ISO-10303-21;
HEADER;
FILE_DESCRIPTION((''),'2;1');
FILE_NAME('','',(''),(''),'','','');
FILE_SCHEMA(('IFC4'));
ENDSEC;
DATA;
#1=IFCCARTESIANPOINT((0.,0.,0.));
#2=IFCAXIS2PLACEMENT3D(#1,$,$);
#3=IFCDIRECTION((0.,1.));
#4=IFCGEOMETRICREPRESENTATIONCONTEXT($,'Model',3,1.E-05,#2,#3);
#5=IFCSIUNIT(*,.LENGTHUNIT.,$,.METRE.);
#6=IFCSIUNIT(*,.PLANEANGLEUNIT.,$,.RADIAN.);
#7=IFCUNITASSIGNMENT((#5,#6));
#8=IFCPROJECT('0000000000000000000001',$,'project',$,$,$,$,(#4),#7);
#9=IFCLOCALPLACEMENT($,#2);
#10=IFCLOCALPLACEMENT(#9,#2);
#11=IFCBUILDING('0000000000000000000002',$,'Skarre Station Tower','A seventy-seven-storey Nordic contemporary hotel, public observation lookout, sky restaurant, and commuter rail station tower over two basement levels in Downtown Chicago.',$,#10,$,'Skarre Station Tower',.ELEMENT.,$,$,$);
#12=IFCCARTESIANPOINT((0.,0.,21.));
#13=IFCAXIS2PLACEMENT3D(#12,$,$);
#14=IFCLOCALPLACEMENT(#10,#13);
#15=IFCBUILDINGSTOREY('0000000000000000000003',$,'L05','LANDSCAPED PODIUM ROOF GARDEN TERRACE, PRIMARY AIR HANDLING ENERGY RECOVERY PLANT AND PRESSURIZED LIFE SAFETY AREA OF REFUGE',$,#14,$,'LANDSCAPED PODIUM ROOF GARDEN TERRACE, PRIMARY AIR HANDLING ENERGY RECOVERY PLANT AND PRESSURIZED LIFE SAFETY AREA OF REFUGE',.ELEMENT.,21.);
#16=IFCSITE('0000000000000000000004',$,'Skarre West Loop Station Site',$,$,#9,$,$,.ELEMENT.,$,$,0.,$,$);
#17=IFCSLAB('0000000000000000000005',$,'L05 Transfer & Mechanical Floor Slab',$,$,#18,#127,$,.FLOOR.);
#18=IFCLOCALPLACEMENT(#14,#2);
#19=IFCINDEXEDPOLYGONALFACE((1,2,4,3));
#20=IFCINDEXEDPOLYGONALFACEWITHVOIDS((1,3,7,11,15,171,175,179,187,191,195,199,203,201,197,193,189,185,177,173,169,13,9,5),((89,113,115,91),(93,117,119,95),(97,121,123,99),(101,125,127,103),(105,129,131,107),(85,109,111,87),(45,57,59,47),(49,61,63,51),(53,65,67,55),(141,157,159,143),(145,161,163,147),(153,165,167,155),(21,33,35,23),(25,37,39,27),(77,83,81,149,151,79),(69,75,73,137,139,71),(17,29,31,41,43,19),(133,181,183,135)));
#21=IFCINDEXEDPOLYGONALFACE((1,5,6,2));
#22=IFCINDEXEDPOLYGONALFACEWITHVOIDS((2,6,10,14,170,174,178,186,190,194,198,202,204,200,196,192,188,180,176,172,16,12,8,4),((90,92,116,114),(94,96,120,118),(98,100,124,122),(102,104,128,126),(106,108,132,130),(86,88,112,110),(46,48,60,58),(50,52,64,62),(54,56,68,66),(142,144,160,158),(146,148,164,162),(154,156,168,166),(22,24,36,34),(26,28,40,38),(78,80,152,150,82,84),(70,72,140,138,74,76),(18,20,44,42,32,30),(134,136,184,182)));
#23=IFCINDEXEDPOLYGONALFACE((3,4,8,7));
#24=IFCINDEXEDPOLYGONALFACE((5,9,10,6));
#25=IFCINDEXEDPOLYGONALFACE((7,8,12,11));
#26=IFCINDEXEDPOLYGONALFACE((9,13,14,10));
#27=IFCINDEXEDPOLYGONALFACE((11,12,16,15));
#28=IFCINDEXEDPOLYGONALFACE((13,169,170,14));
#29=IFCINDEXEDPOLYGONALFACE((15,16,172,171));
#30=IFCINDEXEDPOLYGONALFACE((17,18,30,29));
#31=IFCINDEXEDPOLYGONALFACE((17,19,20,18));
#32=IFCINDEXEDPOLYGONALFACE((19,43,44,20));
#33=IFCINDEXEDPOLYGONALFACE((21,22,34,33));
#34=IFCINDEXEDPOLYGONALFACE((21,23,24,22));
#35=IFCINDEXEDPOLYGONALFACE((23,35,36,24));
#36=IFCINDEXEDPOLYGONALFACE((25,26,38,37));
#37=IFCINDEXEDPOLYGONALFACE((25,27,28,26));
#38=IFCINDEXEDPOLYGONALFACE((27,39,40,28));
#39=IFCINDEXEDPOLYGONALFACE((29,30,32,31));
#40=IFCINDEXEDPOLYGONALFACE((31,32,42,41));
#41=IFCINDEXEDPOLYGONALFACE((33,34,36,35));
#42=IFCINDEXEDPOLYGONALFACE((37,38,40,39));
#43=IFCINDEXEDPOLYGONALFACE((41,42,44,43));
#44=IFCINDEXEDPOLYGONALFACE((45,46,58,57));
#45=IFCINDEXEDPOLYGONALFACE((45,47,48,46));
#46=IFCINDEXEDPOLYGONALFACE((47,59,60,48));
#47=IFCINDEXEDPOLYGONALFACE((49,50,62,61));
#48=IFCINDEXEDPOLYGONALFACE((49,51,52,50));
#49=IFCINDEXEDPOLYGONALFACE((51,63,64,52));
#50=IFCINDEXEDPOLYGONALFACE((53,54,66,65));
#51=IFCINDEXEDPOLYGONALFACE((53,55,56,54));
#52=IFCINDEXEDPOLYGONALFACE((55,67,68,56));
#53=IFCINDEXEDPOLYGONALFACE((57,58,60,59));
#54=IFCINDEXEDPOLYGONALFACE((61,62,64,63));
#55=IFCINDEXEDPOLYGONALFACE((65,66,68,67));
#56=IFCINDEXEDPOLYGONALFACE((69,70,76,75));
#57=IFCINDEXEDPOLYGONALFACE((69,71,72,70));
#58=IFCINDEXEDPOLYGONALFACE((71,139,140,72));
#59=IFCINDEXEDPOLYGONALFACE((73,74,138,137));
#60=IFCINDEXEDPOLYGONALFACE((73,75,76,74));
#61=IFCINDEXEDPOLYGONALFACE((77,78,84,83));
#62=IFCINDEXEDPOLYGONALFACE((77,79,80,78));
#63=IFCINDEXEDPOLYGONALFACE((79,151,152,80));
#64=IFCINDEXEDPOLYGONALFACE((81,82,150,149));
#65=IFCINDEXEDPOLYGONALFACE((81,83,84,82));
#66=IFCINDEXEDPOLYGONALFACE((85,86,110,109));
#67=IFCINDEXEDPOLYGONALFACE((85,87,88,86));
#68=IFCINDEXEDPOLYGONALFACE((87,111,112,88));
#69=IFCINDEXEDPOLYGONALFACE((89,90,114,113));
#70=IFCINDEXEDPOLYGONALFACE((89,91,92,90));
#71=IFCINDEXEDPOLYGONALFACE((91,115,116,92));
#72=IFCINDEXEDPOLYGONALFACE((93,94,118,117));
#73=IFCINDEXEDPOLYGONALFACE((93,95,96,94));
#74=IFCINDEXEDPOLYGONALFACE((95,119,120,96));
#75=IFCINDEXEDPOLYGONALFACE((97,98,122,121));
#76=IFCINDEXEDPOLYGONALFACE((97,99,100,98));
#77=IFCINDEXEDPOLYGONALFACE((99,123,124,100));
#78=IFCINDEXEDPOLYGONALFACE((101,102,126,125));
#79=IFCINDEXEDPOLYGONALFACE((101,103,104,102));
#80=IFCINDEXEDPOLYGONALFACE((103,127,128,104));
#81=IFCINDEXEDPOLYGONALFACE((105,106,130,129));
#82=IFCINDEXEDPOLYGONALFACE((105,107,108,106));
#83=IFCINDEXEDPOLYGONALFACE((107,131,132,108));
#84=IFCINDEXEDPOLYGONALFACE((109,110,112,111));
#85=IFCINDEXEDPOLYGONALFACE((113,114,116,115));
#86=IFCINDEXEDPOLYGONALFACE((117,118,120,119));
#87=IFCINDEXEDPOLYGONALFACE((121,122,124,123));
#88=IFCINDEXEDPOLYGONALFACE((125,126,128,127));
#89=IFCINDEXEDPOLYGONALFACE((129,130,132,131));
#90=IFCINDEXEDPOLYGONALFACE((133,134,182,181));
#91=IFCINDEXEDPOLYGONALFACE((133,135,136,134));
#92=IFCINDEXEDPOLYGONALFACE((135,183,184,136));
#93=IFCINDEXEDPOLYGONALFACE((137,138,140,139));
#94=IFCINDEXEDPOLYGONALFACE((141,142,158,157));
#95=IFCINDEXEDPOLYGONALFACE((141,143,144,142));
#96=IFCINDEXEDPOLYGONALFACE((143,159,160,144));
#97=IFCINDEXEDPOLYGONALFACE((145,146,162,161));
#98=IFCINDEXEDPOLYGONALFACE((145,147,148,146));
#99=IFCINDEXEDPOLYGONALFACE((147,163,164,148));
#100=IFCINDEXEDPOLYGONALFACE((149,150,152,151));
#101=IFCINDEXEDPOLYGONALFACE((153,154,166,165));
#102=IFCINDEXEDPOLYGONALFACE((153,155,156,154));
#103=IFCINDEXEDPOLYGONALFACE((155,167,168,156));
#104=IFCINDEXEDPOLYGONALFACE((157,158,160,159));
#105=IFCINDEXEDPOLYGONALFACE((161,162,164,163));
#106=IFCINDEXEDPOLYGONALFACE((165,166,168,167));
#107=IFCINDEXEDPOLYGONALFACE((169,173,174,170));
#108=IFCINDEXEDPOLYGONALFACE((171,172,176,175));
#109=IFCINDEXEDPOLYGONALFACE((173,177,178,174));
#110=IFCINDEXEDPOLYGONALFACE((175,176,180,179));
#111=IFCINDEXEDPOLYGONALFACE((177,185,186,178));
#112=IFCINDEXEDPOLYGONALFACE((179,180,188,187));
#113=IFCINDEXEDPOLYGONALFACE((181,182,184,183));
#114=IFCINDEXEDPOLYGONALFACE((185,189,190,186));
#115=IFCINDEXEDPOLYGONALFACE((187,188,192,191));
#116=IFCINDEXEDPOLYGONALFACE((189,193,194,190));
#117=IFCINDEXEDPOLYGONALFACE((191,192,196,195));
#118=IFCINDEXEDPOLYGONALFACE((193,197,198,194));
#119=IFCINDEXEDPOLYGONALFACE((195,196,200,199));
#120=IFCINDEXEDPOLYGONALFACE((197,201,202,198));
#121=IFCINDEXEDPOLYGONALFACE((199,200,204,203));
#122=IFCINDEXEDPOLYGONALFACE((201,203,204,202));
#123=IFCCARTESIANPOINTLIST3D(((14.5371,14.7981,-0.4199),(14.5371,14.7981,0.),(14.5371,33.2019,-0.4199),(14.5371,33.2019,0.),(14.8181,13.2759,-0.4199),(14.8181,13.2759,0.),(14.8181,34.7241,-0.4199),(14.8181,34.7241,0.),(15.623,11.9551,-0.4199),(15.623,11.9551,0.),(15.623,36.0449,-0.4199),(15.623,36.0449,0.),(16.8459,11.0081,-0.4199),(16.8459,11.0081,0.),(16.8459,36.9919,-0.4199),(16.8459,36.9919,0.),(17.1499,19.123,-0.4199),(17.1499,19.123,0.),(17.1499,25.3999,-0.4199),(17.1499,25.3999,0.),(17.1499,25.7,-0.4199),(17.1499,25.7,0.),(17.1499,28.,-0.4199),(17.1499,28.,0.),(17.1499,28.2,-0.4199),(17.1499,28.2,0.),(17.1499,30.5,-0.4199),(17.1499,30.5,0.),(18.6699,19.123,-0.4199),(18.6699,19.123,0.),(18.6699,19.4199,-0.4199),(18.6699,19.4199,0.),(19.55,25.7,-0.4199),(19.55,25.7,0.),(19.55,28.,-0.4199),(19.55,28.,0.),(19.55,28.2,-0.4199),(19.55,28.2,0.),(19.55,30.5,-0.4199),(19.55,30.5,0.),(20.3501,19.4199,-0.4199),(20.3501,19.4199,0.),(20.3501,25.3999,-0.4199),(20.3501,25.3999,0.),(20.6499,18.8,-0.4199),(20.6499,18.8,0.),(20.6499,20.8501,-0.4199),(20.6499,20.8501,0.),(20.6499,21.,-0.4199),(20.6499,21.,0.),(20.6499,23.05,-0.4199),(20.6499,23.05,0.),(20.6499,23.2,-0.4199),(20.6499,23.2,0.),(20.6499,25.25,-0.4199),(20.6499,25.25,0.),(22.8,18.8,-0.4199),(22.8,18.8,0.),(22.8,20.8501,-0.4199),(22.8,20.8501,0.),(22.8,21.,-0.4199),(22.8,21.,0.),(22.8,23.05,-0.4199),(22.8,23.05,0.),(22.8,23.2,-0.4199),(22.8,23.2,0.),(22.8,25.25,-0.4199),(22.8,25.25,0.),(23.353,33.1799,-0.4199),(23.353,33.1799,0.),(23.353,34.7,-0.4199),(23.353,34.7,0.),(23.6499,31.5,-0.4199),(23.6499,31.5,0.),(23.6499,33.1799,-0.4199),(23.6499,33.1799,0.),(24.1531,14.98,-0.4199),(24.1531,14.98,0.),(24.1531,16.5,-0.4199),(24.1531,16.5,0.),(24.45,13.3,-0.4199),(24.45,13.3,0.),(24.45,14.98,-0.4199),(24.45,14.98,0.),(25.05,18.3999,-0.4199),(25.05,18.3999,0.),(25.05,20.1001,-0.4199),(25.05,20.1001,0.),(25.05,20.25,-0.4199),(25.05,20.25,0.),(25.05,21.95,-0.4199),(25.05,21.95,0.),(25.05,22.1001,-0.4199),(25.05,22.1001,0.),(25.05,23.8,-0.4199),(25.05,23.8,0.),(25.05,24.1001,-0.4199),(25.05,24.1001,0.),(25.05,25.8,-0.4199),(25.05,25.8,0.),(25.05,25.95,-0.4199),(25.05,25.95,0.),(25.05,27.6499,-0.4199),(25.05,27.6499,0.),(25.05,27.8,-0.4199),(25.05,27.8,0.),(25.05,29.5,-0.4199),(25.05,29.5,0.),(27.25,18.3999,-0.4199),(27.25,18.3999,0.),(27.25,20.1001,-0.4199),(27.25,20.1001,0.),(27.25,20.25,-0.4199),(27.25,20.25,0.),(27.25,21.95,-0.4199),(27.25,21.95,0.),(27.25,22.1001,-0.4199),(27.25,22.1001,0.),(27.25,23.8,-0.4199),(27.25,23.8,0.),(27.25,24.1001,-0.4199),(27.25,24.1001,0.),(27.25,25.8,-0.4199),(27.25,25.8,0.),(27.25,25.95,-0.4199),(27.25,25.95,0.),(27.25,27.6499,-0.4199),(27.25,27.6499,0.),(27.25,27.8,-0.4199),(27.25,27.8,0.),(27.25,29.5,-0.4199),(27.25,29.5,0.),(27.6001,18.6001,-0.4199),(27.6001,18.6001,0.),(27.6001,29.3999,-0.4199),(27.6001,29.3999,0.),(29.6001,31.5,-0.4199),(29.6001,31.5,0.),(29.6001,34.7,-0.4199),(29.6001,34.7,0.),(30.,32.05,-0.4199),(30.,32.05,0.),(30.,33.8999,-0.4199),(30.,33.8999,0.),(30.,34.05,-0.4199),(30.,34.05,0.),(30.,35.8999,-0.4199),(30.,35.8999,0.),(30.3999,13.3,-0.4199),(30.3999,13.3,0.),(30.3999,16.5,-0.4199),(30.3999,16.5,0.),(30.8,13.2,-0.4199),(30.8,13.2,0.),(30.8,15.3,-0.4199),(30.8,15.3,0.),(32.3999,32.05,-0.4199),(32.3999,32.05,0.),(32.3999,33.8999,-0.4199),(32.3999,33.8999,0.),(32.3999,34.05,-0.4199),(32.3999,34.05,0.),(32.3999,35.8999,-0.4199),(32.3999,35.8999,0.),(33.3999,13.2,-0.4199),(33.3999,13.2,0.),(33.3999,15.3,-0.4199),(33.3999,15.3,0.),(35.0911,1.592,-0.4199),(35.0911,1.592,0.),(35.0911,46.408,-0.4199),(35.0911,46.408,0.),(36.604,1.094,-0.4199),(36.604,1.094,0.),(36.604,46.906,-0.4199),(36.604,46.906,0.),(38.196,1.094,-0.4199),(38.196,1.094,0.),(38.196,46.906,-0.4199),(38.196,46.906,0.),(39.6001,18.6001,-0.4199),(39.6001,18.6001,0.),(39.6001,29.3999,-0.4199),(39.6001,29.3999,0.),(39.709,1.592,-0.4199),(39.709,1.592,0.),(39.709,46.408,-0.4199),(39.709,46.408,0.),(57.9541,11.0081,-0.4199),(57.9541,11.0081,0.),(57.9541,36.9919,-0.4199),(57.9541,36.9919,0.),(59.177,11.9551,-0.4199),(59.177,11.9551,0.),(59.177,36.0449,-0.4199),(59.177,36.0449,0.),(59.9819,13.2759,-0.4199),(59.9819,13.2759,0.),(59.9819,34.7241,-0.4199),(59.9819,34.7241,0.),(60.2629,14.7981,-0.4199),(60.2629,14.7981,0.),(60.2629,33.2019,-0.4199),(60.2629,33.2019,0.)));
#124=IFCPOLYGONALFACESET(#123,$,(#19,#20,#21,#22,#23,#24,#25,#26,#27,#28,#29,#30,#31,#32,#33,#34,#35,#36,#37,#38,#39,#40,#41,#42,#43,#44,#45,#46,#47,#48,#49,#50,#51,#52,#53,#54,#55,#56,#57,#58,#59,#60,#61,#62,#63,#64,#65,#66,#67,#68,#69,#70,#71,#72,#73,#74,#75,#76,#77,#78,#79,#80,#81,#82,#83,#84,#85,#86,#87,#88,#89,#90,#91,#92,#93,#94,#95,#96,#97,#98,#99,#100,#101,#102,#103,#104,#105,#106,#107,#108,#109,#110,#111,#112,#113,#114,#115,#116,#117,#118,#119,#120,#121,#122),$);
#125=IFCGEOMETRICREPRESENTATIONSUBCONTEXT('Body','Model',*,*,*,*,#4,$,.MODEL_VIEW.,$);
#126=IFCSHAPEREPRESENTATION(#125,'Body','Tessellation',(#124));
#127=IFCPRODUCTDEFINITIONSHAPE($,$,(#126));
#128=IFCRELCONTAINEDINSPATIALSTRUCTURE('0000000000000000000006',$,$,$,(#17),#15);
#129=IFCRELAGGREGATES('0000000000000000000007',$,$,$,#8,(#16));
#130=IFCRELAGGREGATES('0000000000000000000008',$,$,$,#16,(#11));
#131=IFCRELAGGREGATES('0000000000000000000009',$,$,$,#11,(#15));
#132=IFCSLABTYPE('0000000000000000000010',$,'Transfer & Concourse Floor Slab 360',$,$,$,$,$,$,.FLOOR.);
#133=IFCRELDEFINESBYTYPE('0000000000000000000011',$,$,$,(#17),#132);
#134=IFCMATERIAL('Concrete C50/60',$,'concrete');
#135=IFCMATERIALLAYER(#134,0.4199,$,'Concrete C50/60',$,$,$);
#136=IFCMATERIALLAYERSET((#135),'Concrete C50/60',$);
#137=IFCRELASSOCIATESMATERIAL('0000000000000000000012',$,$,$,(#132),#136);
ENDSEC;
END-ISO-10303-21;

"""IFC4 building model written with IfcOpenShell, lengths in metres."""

from ifc_helpers import new_model, si_unit, direction, frame, origin, place, context, subcontext, project, spatial, polyline, outline, extrude, material, layer, layer_set, type_object, element, save


model = new_model("IFC4")

# Units and contexts
model_context = context("Model", 3, precision=1e-05, world=origin(), true_north=direction((0.0, 1.0)))
body_context = subcontext(model_context, "Body", "Model", "MODEL_VIEW")
ifc_project = project(units=[si_unit("LENGTHUNIT", "METRE"), si_unit("PLANEANGLEUNIT", "RADIAN")], contexts=[model_context])

# Site, building, storey
site_placement = place(None, origin())
site = spatial("IfcSite", under=ifc_project, at=site_placement, Name="Skarre West Loop Station Site", CompositionType="ELEMENT", RefElevation=0.0)
building_placement = place(site_placement, origin())
building = spatial("IfcBuilding", under=site, at=building_placement, Name="Skarre Station Tower", Description="A seventy-seven-storey Nordic contemporary hotel, public observation lookout, sky restaurant, and commuter rail station tower over two basement levels in Downtown Chicago.", LongName="Skarre Station Tower", CompositionType="ELEMENT")
storey_placement = place(building_placement, frame((0.0, 0.0, 21.0)))
storey = spatial("IfcBuildingStorey", under=building, at=storey_placement, Name="L05", Description="LANDSCAPED PODIUM ROOF GARDEN TERRACE, PRIMARY AIR HANDLING ENERGY RECOVERY PLANT AND PRESSURIZED LIFE SAFETY AREA OF REFUGE", LongName="LANDSCAPED PODIUM ROOF GARDEN TERRACE, PRIMARY AIR HANDLING ENERGY RECOVERY PLANT AND PRESSURIZED LIFE SAFETY AREA OF REFUGE", CompositionType="ELEMENT", Elevation=21.0)

# Shared definitions
ifc_material_1 = material(Name="Concrete C50/60", Category="concrete")

# Slab
ifc_layer_1 = layer(ifc_material_1, 0.4199, Name="Concrete C50/60")
ifc_layer_set_1 = layer_set([ifc_layer_1], Name="Concrete C50/60")
slab_type_1 = type_object("IfcSlabType", Name="Transfer & Concourse Floor Slab 360", PredefinedType="FLOOR", material=ifc_layer_set_1)
slab_1_placement = place(storey_placement, frame((0.0, 0.0, -0.4199)))
element("IfcSlab", 1, at=slab_1_placement, inside=storey, type_object=slab_type_1, Name="L05 Transfer & Mechanical Floor Slab", PredefinedType="FLOOR", context=body_context, shape_type="SweptSolid", body=[
    extrude(outline(polyline([(60.2629, 33.2019), (59.9819, 34.7241), (59.177, 36.0449), (57.9541, 36.9919), (39.709, 46.408), (38.196, 46.906), (36.604, 46.906), (35.0911, 46.408), (16.8459, 36.9919), (15.623, 36.0449), (14.8181, 34.7241), (14.5371, 33.2019), (14.5371, 14.7981), (14.8181, 13.2759), (15.623, 11.9551), (16.8459, 11.0081), (35.0911, 1.592), (36.604, 1.094), (38.196, 1.094), (39.709, 1.592), (57.9541, 11.0081), (59.177, 11.9551), (59.9819, 13.2759), (60.2629, 14.7981), (60.2629, 33.2019)]), holes=[polyline([(18.6699, 19.4199), (18.6699, 19.123), (17.1499, 19.123), (17.1499, 25.3999), (20.3501, 25.3999), (20.3501, 19.4199), (18.6699, 19.4199)]), polyline([(24.45, 14.98), (24.1531, 14.98), (24.1531, 16.5), (30.3999, 16.5), (30.3999, 13.3), (24.45, 13.3), (24.45, 14.98)]), polyline([(23.6499, 33.1799), (23.353, 33.1799), (23.353, 34.7), (29.6001, 34.7), (29.6001, 31.5), (23.6499, 31.5), (23.6499, 33.1799)]), polyline([(17.1499, 28.0), (19.55, 28.0), (19.55, 25.7), (17.1499, 25.7), (17.1499, 28.0)]), polyline([(17.1499, 30.5), (19.55, 30.5), (19.55, 28.2), (17.1499, 28.2), (17.1499, 30.5)]), polyline([(30.8, 15.3), (33.3999, 15.3), (33.3999, 13.2), (30.8, 13.2), (30.8, 15.3)]), polyline([(25.05, 20.1001), (27.25, 20.1001), (27.25, 18.3999), (25.05, 18.3999), (25.05, 20.1001)]), polyline([(25.05, 21.95), (27.25, 21.95), (27.25, 20.25), (25.05, 20.25), (25.05, 21.95)]), polyline([(25.05, 23.8), (27.25, 23.8), (27.25, 22.1001), (25.05, 22.1001), (25.05, 23.8)]), polyline([(25.05, 25.8), (27.25, 25.8), (27.25, 24.1001), (25.05, 24.1001), (25.05, 25.8)]), polyline([(25.05, 27.6499), (27.25, 27.6499), (27.25, 25.95), (25.05, 25.95), (25.05, 27.6499)]), polyline([(25.05, 29.5), (27.25, 29.5), (27.25, 27.8), (25.05, 27.8), (25.05, 29.5)]), polyline([(20.6499, 20.8501), (22.8, 20.8501), (22.8, 18.8), (20.6499, 18.8), (20.6499, 20.8501)]), polyline([(20.6499, 23.05), (22.8, 23.05), (22.8, 21.0), (20.6499, 21.0), (20.6499, 23.05)]), polyline([(20.6499, 25.25), (22.8, 25.25), (22.8, 23.2), (20.6499, 23.2), (20.6499, 25.25)]), polyline([(30.0, 33.8999), (32.3999, 33.8999), (32.3999, 32.05), (30.0, 32.05), (30.0, 33.8999)]), polyline([(30.0, 35.8999), (32.3999, 35.8999), (32.3999, 34.05), (30.0, 34.05), (30.0, 35.8999)]), polyline([(27.6001, 29.3999), (39.6001, 29.3999), (39.6001, 18.6001), (27.6001, 18.6001), (27.6001, 29.3999)])]), origin(), (0.0, 0.0, 1.0), 0.4199),
])

save(model, "model.ifc")
